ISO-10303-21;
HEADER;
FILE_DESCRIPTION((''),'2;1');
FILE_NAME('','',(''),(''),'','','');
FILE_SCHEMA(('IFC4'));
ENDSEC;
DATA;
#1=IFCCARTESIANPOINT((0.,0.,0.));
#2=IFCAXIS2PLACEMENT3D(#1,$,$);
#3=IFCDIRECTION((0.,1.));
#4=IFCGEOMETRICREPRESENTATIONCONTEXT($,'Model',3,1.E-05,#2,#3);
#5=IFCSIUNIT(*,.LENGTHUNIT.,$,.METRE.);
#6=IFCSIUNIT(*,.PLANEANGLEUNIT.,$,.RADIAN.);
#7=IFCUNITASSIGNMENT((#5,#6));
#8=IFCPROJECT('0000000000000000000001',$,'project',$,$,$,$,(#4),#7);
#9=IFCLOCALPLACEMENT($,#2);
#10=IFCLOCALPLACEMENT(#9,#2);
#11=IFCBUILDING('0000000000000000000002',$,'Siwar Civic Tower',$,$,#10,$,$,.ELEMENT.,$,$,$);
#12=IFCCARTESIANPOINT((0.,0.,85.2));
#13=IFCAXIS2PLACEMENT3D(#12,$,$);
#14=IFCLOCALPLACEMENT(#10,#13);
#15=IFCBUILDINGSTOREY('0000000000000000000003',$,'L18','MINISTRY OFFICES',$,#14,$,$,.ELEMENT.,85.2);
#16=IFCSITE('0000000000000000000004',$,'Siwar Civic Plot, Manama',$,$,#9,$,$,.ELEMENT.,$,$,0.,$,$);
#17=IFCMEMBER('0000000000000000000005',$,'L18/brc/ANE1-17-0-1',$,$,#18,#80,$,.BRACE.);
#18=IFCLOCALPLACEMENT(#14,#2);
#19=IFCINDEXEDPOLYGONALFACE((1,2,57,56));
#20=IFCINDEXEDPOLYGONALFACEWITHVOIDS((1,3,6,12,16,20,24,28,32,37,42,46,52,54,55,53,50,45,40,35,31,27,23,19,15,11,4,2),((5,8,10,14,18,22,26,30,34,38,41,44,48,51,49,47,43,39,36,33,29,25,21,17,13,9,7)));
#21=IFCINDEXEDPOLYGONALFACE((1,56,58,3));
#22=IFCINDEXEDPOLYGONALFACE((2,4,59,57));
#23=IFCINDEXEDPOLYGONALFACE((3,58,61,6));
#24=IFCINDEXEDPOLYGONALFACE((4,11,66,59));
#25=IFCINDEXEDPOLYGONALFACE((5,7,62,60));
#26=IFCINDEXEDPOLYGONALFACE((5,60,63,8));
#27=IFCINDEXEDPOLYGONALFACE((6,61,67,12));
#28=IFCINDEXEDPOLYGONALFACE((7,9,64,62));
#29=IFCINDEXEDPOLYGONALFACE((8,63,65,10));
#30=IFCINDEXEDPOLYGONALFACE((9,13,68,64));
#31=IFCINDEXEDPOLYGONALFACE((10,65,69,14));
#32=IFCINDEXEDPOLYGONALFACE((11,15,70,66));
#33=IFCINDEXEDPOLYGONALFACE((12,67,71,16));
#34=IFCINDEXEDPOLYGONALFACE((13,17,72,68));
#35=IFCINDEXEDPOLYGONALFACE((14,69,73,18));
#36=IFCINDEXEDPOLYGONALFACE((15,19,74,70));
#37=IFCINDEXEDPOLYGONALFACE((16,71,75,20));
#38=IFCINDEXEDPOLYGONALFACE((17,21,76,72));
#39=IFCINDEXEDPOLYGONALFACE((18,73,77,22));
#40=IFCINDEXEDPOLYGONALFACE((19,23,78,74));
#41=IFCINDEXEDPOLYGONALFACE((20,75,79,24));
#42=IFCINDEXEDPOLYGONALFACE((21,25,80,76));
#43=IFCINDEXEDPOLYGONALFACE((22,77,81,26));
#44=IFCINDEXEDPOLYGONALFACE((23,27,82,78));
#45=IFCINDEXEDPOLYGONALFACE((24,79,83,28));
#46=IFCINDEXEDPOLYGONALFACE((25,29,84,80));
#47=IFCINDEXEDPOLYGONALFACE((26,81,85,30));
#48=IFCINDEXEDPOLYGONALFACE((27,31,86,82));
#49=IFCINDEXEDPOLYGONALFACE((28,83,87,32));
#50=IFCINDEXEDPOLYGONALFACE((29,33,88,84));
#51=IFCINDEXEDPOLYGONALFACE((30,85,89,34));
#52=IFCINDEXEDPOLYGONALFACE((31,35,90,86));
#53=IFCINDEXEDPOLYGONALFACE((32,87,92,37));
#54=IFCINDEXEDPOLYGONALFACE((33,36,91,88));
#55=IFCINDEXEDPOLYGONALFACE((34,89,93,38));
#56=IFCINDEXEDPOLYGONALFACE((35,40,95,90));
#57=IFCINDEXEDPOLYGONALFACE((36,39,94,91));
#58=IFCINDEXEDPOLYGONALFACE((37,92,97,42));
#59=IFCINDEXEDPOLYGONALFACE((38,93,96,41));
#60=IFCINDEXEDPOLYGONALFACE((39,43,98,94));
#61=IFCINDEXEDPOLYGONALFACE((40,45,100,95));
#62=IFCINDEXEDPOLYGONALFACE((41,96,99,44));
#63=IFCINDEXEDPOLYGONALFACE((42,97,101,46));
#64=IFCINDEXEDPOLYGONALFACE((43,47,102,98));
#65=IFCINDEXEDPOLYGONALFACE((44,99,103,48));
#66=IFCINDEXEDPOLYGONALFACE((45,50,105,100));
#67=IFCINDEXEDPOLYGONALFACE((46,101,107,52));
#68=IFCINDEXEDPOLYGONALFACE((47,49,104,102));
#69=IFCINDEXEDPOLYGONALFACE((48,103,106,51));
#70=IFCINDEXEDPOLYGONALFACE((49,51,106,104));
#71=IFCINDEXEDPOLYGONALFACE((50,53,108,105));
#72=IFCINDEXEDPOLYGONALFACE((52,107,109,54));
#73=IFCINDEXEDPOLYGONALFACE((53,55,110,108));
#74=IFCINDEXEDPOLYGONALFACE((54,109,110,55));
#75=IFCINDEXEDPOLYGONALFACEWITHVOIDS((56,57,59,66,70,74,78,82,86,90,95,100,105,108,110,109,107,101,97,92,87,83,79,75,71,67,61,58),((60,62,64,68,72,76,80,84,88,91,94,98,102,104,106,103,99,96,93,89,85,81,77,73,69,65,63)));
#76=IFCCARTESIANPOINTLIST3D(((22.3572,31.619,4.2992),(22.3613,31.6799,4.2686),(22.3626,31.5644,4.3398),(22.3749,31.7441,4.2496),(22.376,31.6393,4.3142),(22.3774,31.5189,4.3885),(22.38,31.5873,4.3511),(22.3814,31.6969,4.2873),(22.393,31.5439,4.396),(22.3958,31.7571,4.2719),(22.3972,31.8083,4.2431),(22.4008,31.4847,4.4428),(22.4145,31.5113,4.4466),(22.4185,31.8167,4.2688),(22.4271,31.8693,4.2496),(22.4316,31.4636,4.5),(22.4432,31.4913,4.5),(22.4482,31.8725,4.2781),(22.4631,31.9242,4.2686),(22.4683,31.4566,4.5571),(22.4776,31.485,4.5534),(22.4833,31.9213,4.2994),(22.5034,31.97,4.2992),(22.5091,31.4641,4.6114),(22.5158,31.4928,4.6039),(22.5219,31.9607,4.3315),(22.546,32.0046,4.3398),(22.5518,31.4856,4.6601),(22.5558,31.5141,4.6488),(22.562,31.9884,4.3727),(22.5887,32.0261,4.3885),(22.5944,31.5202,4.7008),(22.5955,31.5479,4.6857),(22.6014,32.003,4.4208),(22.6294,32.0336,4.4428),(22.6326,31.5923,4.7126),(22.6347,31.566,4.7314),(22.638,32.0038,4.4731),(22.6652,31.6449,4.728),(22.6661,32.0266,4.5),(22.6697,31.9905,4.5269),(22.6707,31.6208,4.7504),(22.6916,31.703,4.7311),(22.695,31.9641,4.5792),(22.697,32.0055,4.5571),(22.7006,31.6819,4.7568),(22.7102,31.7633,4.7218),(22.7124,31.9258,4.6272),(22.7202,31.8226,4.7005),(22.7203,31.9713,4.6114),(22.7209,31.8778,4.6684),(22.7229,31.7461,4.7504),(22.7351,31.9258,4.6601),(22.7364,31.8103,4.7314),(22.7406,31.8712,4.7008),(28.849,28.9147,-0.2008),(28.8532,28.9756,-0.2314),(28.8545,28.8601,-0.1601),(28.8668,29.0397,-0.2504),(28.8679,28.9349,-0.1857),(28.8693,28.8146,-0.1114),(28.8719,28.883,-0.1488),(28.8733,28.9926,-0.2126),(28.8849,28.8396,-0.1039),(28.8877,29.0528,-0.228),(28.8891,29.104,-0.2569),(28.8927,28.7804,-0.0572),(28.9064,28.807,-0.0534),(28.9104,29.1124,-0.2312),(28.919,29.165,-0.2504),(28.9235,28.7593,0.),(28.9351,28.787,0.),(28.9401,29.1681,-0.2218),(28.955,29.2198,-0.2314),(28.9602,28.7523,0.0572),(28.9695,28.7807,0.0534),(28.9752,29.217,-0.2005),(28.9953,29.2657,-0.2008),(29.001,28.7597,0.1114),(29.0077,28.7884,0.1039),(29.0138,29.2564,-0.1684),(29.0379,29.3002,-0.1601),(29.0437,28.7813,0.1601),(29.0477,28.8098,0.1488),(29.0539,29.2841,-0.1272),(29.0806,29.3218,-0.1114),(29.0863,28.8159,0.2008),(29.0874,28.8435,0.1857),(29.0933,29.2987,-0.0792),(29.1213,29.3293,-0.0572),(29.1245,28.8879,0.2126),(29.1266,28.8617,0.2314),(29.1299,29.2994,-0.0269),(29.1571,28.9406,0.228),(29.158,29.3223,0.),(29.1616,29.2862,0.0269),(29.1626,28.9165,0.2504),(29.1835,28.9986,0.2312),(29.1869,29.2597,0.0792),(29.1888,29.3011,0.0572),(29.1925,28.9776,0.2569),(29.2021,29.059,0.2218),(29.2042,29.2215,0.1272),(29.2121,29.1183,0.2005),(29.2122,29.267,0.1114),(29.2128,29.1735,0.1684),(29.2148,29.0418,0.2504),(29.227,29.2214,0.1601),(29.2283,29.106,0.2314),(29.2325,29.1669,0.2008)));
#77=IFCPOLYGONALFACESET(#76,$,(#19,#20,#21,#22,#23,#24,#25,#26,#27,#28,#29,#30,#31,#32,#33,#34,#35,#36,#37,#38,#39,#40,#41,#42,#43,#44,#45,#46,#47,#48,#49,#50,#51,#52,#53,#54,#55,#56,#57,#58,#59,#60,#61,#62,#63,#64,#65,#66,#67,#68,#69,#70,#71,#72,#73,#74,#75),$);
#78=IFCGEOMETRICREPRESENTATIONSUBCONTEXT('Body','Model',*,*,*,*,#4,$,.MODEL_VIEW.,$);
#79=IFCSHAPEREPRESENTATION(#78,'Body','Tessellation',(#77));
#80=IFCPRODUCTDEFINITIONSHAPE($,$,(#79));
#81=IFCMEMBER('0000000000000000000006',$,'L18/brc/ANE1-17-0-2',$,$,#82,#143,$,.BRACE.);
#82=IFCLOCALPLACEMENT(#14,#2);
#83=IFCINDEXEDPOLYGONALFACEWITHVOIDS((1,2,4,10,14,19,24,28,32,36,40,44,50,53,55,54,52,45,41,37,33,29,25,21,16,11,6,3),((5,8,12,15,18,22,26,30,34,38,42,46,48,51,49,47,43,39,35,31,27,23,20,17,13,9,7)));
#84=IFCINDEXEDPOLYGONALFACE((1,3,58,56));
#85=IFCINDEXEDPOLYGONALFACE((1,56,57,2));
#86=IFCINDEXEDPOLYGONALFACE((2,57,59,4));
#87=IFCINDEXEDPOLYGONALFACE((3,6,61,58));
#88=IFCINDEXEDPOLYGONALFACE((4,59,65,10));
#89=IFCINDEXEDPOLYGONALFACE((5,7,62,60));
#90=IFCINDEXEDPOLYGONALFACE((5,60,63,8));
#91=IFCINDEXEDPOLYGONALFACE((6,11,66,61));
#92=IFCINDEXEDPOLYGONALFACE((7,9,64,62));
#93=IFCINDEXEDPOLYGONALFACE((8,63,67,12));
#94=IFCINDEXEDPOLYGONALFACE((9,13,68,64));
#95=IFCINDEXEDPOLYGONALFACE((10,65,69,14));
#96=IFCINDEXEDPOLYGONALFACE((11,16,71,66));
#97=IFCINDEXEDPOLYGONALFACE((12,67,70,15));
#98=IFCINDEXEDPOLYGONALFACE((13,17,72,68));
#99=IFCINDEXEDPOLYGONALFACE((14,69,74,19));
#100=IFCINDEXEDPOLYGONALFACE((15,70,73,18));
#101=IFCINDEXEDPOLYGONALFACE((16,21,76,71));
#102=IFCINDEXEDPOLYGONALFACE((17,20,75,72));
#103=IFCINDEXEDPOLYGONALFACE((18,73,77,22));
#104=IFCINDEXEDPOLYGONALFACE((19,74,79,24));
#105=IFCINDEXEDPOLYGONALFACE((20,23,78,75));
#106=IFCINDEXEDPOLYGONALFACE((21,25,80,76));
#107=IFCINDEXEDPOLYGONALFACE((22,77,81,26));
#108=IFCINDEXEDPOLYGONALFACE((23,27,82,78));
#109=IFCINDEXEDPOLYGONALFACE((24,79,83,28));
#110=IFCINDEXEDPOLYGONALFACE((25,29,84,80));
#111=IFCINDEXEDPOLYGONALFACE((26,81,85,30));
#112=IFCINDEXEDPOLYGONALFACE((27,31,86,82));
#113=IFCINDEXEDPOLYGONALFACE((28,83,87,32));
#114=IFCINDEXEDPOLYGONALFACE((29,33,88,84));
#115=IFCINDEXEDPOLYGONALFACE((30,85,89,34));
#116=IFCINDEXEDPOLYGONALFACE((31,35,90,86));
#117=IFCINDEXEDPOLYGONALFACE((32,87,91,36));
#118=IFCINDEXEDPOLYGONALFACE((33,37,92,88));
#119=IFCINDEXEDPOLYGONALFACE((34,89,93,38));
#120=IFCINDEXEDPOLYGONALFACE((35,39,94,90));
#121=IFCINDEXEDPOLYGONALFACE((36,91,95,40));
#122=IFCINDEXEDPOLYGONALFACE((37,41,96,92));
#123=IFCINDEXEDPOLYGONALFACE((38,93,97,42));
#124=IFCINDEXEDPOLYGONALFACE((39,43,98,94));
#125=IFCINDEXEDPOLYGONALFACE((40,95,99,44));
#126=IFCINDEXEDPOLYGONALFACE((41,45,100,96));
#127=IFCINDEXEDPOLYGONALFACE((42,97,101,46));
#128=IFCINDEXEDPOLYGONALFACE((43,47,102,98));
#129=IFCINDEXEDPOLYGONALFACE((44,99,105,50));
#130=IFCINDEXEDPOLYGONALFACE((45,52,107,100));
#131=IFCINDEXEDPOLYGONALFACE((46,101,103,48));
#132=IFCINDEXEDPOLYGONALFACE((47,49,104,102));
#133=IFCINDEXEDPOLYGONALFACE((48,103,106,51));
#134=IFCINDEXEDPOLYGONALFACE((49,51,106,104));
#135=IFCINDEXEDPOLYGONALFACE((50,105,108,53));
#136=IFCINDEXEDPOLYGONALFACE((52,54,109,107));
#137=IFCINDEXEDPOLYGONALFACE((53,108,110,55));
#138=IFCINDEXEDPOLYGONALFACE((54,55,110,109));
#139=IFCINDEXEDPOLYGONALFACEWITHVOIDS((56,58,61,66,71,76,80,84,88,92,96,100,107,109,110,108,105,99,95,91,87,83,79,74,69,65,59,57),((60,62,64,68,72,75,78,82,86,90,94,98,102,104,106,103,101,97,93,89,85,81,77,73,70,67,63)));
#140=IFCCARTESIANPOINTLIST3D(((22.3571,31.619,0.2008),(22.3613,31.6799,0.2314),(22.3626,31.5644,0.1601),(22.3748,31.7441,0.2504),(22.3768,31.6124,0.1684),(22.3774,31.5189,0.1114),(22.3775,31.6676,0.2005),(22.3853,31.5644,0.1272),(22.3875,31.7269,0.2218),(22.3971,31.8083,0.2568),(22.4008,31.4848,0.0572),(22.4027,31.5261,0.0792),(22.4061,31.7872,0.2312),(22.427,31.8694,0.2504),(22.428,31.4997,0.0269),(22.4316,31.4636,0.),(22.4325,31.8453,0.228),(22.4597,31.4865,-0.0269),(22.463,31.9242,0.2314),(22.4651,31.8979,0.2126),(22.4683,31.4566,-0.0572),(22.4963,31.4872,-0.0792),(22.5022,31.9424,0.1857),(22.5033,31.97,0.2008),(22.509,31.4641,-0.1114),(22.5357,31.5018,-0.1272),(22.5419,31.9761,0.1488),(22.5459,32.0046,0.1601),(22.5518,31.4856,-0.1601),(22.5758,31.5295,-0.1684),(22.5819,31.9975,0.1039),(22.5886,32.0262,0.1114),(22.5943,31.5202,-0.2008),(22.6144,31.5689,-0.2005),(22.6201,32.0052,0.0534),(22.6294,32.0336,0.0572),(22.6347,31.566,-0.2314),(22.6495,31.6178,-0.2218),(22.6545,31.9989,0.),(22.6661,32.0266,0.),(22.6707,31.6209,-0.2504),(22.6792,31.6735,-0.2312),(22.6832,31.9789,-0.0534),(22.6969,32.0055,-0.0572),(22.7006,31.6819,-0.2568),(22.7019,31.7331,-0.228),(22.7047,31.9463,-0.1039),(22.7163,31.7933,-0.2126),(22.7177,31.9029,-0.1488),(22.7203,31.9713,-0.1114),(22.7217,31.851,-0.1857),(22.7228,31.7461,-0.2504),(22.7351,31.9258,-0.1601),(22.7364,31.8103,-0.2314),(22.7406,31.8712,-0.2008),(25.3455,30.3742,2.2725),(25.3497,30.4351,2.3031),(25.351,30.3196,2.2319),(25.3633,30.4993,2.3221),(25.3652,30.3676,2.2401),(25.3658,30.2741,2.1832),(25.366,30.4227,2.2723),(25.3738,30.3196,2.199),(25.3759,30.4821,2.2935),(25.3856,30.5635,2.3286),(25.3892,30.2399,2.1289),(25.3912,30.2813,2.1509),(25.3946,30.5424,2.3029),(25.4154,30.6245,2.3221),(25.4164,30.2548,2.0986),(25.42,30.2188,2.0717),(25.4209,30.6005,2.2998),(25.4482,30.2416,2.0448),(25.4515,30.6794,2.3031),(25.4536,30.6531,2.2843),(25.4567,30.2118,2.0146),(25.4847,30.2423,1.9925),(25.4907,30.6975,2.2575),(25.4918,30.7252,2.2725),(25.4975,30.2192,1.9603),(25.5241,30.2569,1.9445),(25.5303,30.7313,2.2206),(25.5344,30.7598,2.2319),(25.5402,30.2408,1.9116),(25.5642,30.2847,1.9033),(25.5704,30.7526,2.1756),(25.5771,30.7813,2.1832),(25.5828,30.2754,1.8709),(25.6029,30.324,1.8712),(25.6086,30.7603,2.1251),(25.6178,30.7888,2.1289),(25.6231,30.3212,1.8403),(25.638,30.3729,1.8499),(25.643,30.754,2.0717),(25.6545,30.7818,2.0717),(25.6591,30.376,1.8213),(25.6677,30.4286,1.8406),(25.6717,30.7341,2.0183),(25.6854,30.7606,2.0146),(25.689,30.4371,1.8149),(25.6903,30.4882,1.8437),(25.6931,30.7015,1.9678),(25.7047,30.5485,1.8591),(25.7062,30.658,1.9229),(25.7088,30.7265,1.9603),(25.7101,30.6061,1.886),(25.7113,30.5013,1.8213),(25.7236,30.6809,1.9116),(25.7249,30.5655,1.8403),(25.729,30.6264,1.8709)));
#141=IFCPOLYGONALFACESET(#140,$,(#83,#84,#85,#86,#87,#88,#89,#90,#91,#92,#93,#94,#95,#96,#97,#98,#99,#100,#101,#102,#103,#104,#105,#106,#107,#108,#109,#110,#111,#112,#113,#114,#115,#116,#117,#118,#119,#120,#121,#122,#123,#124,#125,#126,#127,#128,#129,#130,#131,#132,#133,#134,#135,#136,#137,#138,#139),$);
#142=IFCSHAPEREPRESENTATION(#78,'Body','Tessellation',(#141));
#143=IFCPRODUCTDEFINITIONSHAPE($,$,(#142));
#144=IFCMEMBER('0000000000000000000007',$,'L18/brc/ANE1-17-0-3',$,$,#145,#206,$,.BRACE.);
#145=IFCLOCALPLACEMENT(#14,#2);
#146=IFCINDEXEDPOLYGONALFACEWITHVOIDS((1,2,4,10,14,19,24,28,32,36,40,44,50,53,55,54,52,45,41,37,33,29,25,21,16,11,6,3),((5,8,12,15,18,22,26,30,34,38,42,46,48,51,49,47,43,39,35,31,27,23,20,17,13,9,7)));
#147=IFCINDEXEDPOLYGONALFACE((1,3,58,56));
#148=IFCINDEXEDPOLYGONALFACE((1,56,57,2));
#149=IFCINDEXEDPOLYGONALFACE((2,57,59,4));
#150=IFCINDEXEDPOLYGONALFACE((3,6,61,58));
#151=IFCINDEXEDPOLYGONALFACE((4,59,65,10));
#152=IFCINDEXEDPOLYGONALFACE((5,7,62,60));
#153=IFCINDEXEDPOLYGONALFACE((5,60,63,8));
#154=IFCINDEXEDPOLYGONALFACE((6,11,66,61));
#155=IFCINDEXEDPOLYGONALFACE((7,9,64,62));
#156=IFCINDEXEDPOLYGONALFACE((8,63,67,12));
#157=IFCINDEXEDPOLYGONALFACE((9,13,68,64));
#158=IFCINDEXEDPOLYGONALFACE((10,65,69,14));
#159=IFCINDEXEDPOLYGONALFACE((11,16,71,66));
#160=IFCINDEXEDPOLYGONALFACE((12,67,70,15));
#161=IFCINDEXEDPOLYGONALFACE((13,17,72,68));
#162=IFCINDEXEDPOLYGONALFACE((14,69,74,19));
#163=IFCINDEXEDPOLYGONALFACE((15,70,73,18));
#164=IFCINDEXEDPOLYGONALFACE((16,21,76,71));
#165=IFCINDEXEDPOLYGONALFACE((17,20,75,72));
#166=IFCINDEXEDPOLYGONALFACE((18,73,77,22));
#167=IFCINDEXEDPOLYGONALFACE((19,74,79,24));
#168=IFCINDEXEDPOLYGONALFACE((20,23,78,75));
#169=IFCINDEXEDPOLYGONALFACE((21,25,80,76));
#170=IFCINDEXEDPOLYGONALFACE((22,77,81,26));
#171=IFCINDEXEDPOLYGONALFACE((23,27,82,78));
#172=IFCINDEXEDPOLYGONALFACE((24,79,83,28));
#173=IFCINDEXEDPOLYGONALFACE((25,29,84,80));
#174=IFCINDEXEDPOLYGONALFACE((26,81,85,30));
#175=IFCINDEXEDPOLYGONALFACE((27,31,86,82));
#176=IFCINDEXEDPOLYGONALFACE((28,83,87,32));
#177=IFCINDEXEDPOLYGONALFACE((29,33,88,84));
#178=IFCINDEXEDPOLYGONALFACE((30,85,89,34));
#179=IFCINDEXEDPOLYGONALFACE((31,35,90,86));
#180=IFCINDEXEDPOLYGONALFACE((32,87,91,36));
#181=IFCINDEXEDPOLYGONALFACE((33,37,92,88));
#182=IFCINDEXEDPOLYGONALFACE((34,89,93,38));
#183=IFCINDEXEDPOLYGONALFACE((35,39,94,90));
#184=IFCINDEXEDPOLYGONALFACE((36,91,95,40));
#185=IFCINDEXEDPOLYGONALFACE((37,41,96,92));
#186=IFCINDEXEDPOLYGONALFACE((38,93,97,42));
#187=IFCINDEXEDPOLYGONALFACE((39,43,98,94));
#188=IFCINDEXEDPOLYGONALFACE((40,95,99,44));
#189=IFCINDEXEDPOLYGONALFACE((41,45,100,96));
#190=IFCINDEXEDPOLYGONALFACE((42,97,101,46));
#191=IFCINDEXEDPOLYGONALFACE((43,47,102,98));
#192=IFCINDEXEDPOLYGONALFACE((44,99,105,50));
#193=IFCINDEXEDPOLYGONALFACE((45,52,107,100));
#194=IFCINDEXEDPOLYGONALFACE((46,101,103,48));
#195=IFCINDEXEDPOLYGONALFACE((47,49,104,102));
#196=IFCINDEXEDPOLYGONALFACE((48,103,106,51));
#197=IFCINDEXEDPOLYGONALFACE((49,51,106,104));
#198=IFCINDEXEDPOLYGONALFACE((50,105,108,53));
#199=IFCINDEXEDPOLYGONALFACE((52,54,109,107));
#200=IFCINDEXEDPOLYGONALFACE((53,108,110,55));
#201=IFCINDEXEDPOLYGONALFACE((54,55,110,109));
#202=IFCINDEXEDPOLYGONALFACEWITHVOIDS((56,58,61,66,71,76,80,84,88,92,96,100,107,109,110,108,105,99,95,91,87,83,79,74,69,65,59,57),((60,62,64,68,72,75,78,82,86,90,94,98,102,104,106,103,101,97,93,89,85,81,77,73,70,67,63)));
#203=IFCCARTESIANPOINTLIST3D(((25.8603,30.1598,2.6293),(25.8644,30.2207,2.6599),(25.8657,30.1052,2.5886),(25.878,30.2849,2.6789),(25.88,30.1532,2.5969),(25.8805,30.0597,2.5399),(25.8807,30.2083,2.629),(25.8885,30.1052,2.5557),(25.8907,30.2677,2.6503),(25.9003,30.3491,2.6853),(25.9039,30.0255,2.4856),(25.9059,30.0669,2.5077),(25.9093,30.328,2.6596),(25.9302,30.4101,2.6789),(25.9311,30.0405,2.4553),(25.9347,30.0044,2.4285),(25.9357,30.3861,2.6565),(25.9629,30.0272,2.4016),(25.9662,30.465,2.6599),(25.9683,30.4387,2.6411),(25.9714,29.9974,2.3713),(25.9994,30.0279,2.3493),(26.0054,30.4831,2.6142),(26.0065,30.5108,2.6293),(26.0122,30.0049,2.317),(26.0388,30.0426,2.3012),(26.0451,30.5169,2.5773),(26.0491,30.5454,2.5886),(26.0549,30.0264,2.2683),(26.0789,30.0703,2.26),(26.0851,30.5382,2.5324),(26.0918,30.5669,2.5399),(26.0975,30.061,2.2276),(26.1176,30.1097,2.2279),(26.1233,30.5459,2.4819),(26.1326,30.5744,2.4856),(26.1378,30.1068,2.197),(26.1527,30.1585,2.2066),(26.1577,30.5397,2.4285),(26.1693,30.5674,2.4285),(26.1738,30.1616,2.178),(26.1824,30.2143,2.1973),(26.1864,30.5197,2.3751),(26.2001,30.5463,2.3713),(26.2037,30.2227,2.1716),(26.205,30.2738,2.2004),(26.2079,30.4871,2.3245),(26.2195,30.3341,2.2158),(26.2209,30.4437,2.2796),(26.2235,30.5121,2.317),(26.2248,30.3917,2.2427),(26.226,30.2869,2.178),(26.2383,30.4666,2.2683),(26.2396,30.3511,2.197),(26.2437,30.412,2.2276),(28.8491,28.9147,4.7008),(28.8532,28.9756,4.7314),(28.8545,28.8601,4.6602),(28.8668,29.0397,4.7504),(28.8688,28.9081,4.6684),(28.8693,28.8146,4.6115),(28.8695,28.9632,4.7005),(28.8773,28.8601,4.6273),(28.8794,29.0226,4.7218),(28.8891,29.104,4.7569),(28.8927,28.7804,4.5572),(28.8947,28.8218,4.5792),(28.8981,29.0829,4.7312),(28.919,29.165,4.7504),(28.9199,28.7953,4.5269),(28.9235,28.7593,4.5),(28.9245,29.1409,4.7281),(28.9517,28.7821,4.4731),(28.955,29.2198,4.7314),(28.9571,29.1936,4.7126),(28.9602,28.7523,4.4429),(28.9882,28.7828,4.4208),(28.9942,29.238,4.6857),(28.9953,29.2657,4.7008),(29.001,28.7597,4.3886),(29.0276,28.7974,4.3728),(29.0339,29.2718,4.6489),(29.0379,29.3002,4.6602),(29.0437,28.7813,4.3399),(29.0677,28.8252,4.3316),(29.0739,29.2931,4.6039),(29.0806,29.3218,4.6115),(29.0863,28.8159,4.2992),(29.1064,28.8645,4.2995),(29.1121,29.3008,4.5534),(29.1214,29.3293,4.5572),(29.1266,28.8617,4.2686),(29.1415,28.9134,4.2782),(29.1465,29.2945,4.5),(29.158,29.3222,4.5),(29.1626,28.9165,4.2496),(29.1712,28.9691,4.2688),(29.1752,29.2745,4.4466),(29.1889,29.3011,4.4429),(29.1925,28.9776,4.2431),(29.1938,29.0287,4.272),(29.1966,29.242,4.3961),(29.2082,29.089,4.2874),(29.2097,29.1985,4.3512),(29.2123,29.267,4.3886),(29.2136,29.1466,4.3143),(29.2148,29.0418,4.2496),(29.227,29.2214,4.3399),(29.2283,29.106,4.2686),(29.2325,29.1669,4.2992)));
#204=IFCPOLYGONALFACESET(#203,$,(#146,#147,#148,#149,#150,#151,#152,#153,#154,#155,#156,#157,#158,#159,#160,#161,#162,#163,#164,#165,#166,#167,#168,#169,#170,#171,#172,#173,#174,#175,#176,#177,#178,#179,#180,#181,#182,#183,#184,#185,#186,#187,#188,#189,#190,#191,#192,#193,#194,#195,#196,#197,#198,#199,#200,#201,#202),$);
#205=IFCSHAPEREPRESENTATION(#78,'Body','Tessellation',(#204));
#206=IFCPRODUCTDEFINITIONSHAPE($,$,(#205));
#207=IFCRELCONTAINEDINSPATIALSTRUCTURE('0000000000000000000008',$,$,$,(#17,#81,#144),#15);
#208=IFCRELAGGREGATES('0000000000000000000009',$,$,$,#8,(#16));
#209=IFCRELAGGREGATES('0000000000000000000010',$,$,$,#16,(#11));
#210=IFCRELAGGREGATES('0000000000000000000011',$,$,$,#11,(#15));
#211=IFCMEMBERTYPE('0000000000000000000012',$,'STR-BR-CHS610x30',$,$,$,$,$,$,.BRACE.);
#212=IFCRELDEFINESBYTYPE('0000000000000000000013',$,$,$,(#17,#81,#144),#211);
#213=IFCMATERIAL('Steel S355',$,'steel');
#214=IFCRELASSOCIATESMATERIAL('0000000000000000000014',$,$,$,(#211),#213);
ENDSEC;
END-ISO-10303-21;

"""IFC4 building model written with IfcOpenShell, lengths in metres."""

from ifc_helpers import new_model, si_unit, direction, frame, origin, origin_2d, place, context, subcontext, project, spatial, hollow_circle, extrude, material, material_profile, profile_set, type_object, element, save


model = new_model("IFC4")

# Units and contexts
model_context = context("Model", 3, precision=1e-05, world=origin(), true_north=direction((0.0, 1.0)))
body_context = subcontext(model_context, "Body", "Model", "MODEL_VIEW")
ifc_project = project(units=[si_unit("LENGTHUNIT", "METRE"), si_unit("PLANEANGLEUNIT", "RADIAN")], contexts=[model_context])

# Site, building, storey
site_placement = place(None, origin())
site = spatial("IfcSite", under=ifc_project, at=site_placement, Name="Siwar Civic Plot, Manama", CompositionType="ELEMENT", RefElevation=0.0)
building_placement = place(site_placement, origin())
building = spatial("IfcBuilding", under=site, at=building_placement, Name="Siwar Civic Tower", CompositionType="ELEMENT")
storey_placement = place(building_placement, frame((0.0, 0.0, 85.2)))
storey = spatial("IfcBuildingStorey", under=building, at=storey_placement, Name="L18", Description="MINISTRY OFFICES", CompositionType="ELEMENT", Elevation=85.2)

# Members
ifc_material_1 = material(Name="Steel S355", Category="steel")
ifc_material_profile_1 = material_profile(ifc_material_1, hollow_circle(Radius=0.3049, WallThickness=0.03, at=origin_2d()), Name="CHS610x30")
ifc_profile_set_1 = profile_set([ifc_material_profile_1], Name="Steel S355")
member_type_1 = type_object("IfcMemberType", Name="STR-BR-CHS610x30", PredefinedType="BRACE", material=ifc_profile_set_1)
member_1_placement = place(storey_placement, frame((29.0408, 29.0408, 0.0), z_axis=(-0.777555, 0.323906, 0.538975), x_axis=(-0.384539, -0.923109, 0.0)))
element("IfcMember", 1, at=member_1_placement, inside=storey, type_object=member_type_1, Name="L18/brc/ANE1-17-0-1", PredefinedType="BRACE", context=body_context, shape_type="SweptSolid", body=[
    extrude(hollow_circle(Radius=0.3049, WallThickness=0.03, at=origin_2d()), origin(), (0.0, 0.0, 1.0), 8.3491),
])
member_2_placement = place(storey_placement, frame((22.5488, 31.7451, 0.0), z_axis=(0.777533, -0.323882, 0.53902), x_axis=(0.384524, 0.923115, 0.0)))
element("IfcMember", 2, at=member_2_placement, inside=storey, type_object=member_type_1, Name="L18/brc/ANE1-17-0-2", PredefinedType="BRACE", context=body_context, shape_type="SweptSolid", body=[
    extrude(hollow_circle(Radius=0.3049, WallThickness=0.03, at=origin_2d()), origin(), (0.0, 0.0, 1.0), 3.8435),
])
member_3_placement = place(storey_placement, frame((26.052, 30.2859, 2.4285), z_axis=(0.777569, -0.323934, 0.538937), x_axis=(0.384562, 0.923099, 0.0)))
element("IfcMember", 3, at=member_3_placement, inside=storey, type_object=member_type_1, Name="L18/brc/ANE1-17-0-3", PredefinedType="BRACE", context=body_context, shape_type="SweptSolid", body=[
    extrude(hollow_circle(Radius=0.3049, WallThickness=0.03, at=origin_2d()), origin(), (0.0, 0.0, 1.0), 3.8438),
])

save(model, "model.ifc")
